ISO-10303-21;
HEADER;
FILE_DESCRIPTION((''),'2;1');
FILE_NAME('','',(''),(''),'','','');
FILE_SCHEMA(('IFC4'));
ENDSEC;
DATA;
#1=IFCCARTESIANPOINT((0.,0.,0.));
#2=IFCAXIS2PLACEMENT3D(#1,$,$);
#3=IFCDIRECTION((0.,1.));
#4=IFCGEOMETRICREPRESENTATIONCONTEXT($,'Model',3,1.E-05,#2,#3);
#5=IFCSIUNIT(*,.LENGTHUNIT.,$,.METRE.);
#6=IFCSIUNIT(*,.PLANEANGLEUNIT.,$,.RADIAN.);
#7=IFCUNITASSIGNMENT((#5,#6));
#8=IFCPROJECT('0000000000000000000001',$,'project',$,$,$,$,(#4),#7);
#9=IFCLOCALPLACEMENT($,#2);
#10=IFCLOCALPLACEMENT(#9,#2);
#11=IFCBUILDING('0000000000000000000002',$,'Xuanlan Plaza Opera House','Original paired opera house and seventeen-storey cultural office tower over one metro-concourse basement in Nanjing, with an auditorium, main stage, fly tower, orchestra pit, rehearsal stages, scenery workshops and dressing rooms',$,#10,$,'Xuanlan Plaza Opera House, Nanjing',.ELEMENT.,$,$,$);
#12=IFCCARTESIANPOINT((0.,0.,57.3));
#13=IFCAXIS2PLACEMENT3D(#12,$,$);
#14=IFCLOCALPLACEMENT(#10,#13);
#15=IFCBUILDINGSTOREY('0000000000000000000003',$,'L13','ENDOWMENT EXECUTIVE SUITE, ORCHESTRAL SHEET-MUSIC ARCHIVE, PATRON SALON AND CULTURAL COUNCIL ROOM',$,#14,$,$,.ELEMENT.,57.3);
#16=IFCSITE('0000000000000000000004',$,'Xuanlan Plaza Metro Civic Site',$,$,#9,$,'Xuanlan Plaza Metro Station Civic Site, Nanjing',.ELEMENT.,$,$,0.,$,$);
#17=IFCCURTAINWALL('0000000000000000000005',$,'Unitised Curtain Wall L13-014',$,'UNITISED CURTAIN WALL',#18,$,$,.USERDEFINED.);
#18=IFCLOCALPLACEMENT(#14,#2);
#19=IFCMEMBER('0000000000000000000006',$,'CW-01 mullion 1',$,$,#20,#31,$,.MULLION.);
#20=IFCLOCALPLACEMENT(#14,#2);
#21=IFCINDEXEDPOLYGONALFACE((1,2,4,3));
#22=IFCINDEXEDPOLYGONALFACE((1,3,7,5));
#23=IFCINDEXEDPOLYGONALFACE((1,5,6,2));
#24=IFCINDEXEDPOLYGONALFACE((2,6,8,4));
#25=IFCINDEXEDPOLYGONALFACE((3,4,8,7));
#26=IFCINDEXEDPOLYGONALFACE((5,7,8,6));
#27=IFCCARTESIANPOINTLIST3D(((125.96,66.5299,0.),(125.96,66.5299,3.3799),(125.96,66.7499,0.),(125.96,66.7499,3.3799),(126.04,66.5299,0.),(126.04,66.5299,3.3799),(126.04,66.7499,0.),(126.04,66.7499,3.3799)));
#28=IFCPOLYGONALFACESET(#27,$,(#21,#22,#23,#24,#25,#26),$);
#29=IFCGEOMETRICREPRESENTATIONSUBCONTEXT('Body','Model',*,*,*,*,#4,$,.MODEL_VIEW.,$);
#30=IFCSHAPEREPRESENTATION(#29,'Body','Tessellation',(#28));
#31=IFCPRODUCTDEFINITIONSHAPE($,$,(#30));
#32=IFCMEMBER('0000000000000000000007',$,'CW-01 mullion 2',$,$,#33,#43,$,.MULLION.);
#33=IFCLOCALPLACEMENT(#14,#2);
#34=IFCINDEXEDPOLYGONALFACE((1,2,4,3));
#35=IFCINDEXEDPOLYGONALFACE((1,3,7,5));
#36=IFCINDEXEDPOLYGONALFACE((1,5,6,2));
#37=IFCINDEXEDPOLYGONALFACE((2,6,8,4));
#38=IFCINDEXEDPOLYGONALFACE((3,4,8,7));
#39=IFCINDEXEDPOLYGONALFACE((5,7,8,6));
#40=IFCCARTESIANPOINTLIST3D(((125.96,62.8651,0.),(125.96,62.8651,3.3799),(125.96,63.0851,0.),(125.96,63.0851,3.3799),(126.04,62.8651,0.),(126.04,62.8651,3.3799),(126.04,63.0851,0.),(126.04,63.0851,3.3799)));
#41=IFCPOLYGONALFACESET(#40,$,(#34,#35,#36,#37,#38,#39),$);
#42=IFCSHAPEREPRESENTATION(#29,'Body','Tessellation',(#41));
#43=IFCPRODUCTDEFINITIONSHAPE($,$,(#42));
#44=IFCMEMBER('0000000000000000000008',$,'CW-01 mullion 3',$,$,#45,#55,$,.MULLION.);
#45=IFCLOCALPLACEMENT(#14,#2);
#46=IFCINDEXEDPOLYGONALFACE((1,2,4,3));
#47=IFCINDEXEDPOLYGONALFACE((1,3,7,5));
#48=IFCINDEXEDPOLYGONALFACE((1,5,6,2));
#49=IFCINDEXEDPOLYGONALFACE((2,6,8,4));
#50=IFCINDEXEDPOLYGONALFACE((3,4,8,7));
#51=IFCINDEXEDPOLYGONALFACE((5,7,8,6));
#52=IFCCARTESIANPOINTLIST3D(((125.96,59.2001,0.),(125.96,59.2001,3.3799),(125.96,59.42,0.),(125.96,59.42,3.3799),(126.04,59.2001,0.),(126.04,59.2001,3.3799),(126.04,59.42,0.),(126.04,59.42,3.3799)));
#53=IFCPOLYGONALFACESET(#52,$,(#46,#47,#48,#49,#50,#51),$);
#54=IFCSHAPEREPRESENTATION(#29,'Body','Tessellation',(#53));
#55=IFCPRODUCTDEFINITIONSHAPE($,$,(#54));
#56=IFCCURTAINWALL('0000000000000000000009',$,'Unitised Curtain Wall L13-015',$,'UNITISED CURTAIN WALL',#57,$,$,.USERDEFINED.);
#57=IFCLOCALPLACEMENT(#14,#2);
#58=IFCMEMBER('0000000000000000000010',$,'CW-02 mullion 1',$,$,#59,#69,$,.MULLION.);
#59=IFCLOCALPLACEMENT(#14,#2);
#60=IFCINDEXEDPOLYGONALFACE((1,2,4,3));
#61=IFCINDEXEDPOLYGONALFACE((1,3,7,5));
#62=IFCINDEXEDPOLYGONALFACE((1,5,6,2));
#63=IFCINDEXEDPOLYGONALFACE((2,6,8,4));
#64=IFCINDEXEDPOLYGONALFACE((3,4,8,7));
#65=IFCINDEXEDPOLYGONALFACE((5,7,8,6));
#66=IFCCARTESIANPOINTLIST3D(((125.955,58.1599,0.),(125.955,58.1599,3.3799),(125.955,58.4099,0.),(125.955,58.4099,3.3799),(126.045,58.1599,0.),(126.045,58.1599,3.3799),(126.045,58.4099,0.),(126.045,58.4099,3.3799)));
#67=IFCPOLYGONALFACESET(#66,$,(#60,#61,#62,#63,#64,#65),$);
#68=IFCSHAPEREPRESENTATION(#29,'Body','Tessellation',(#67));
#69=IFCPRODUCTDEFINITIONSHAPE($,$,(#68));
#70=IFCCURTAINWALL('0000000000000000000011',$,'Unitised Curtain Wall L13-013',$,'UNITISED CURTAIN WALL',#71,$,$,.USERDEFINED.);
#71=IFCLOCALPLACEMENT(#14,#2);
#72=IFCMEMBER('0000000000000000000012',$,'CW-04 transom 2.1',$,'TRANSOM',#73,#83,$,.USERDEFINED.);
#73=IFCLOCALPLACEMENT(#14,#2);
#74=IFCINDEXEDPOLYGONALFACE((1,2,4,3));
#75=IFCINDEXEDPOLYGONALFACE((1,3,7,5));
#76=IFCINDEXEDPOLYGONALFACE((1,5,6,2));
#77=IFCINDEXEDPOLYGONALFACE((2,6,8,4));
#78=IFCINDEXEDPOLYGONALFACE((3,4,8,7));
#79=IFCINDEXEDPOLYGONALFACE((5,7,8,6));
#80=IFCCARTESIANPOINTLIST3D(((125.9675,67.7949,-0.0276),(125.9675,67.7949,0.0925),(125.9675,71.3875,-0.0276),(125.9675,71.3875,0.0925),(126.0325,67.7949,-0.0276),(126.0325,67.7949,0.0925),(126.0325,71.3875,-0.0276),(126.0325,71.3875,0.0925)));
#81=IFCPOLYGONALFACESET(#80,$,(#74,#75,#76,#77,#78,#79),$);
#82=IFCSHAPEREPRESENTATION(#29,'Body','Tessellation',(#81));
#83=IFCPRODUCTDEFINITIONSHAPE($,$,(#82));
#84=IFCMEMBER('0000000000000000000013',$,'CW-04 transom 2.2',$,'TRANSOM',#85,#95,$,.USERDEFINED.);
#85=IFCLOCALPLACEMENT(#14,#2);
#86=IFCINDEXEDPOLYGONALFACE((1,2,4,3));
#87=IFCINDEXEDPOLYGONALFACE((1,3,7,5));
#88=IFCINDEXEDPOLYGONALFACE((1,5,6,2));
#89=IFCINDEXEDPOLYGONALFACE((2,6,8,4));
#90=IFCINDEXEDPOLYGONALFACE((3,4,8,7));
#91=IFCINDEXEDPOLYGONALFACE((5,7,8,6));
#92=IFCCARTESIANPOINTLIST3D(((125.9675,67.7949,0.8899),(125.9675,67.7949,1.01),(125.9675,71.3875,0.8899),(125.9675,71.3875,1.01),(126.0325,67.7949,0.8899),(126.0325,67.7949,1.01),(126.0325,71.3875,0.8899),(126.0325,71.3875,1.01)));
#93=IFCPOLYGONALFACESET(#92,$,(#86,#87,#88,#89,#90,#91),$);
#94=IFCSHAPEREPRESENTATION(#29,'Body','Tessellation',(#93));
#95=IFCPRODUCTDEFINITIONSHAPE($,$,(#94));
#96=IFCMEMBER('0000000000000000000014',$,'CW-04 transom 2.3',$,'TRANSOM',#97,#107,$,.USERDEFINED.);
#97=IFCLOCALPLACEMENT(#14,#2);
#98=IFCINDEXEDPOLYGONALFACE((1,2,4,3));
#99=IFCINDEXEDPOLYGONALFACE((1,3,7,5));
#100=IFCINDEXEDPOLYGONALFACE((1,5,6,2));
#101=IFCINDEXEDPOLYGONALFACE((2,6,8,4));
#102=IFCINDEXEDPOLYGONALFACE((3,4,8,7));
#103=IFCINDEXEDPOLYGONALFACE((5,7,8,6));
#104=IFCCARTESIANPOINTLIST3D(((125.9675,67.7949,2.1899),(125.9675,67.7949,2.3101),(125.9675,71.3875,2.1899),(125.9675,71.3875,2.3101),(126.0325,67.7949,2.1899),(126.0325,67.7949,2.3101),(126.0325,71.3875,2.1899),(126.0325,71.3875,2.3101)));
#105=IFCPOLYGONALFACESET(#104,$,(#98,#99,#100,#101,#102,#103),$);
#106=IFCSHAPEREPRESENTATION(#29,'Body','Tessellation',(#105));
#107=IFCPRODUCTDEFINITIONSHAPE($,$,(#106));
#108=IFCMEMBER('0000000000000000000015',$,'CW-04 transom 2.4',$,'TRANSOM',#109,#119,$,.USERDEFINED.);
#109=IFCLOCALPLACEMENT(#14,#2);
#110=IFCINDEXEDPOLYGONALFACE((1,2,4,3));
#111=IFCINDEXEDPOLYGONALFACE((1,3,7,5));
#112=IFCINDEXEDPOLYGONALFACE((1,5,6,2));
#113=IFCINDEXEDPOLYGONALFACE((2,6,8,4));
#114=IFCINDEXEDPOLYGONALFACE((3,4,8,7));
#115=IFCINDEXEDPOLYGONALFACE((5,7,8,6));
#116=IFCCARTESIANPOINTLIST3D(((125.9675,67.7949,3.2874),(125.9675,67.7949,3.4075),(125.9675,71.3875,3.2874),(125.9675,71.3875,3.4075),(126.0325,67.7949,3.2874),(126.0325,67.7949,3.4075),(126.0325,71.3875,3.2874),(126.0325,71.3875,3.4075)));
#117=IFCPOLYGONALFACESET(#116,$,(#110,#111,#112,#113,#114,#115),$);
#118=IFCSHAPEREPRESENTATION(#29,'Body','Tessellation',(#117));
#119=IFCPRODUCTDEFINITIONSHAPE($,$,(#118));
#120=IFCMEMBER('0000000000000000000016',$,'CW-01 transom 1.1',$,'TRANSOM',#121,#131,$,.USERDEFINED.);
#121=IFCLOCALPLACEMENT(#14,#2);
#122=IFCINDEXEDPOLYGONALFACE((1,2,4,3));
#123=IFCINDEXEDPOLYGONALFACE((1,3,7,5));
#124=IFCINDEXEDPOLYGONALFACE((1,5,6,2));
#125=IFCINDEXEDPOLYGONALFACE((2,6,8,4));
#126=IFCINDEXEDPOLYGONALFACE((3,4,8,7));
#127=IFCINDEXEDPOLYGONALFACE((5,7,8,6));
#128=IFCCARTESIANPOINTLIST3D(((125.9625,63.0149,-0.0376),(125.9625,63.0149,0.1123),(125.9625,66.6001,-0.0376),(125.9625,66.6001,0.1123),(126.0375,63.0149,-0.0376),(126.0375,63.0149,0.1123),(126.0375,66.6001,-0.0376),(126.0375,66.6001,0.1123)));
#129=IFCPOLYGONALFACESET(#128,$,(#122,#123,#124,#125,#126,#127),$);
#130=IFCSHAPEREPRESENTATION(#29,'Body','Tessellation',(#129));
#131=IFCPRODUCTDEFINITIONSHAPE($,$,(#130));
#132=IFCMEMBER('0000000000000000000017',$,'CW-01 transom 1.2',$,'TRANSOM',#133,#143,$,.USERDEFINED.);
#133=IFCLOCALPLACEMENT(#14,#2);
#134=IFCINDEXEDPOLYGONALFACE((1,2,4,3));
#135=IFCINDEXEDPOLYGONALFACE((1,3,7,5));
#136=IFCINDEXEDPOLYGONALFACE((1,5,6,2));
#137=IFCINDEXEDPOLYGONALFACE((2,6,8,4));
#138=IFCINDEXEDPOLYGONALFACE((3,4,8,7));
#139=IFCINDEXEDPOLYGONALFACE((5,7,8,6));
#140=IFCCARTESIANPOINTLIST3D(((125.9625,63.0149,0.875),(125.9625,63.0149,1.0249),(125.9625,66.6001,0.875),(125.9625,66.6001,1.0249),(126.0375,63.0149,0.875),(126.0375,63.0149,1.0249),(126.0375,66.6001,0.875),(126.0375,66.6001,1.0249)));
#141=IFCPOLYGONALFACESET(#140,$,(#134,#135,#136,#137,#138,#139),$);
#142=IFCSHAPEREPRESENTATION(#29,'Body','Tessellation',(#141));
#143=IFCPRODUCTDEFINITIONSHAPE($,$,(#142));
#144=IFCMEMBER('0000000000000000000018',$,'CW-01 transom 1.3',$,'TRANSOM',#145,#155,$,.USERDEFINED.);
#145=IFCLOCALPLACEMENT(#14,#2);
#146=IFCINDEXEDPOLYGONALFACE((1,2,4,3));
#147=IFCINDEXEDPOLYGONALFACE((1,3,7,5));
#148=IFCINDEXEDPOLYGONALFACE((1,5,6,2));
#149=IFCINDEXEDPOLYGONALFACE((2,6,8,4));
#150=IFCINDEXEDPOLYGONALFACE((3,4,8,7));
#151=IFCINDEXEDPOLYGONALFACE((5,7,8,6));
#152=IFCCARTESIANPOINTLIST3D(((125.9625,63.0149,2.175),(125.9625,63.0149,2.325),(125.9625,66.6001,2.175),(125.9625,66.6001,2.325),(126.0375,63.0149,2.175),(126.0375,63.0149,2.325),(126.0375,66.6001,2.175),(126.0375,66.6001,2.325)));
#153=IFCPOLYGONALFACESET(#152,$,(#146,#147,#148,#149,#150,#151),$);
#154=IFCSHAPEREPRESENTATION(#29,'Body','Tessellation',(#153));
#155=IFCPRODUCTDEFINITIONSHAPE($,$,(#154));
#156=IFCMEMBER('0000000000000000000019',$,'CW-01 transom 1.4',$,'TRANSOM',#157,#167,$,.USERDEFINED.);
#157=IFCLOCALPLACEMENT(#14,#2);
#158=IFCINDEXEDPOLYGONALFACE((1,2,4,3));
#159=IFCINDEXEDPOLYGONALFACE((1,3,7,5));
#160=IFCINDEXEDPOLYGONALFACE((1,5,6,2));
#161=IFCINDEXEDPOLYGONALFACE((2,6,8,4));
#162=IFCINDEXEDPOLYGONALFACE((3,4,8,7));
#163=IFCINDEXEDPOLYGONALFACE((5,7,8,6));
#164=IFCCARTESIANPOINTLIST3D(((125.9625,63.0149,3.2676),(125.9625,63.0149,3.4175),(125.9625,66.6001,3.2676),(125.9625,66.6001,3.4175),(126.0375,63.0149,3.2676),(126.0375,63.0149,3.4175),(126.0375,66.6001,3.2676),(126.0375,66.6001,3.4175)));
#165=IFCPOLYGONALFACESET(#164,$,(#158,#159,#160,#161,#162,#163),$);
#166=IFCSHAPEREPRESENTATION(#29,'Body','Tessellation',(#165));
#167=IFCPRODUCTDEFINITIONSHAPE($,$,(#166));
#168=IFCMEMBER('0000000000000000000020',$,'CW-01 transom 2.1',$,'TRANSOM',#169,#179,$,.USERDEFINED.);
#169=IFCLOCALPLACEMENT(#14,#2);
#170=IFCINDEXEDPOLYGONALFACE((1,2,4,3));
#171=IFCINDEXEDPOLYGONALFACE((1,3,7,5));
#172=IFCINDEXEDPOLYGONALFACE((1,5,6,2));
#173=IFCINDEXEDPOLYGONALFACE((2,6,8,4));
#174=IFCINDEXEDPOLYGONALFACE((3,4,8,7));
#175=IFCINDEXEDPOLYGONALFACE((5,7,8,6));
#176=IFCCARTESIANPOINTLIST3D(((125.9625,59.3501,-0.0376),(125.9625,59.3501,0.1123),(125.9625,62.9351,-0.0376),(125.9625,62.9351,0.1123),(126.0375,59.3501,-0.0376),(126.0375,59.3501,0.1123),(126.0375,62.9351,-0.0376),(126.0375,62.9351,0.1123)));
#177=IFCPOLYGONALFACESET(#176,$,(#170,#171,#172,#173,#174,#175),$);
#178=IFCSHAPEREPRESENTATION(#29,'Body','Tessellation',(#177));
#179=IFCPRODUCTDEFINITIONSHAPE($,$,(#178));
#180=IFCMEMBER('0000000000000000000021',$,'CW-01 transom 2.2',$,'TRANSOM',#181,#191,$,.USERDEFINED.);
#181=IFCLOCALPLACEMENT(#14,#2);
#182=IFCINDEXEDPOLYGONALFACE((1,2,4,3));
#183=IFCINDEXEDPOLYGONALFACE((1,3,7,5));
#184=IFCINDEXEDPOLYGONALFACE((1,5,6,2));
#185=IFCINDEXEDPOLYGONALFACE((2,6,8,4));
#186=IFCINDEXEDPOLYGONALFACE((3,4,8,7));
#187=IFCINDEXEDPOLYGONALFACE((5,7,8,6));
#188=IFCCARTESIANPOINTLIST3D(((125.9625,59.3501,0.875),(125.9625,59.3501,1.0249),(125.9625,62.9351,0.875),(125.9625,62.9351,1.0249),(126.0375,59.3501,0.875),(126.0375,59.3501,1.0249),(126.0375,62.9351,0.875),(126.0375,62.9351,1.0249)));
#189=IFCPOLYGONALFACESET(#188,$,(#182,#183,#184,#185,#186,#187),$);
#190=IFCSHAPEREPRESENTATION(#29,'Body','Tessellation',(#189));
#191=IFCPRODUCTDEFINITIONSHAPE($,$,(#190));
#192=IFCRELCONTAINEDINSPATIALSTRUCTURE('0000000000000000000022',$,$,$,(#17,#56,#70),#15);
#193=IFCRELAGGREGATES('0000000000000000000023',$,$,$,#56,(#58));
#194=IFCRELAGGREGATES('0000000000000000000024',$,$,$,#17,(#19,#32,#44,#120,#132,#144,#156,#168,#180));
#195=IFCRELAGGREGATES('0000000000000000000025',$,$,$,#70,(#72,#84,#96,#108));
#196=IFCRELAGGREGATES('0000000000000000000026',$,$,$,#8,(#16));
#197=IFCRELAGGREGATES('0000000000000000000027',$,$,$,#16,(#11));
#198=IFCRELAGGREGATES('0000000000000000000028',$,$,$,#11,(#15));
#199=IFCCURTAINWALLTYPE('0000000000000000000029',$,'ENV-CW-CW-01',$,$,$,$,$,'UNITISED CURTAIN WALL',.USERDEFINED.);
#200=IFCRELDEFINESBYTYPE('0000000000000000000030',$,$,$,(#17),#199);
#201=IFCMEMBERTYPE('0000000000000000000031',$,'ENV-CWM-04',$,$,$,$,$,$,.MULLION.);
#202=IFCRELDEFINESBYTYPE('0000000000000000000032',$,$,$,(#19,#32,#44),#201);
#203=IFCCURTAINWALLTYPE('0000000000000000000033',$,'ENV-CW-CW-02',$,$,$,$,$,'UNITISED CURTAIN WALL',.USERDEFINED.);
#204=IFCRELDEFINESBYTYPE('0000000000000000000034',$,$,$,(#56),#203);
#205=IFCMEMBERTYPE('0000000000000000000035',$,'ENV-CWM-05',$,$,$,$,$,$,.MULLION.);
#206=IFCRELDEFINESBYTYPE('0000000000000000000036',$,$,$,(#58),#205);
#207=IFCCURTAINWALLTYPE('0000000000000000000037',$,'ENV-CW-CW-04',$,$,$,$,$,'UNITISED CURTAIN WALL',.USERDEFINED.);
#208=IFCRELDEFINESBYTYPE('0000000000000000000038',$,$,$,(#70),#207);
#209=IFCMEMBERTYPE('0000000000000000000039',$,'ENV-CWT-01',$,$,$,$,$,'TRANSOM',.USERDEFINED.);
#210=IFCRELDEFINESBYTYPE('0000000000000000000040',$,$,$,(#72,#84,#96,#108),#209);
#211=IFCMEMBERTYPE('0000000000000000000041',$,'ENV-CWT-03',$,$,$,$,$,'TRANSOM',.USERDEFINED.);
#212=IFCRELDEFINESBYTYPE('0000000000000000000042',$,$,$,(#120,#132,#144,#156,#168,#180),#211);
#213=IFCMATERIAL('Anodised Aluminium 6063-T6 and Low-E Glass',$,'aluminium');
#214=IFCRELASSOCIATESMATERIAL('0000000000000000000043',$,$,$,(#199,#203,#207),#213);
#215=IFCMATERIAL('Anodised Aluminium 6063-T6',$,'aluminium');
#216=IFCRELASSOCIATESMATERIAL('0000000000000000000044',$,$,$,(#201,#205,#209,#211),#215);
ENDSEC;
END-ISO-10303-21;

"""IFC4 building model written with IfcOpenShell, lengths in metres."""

from ifc_helpers import new_model, si_unit, direction, frame, origin, origin_2d, place, context, subcontext, project, spatial, rectangle, extrude, material, material_profile, profile_set, type_object, element, aggregate, save


model = new_model("IFC4")

# Units and contexts
model_context = context("Model", 3, precision=1e-05, world=origin(), true_north=direction((0.0, 1.0)))
body_context = subcontext(model_context, "Body", "Model", "MODEL_VIEW")
ifc_project = project(units=[si_unit("LENGTHUNIT", "METRE"), si_unit("PLANEANGLEUNIT", "RADIAN")], contexts=[model_context])

# Site, building, storey
site_placement = place(None, origin())
site = spatial("IfcSite", under=ifc_project, at=site_placement, Name="Xuanlan Plaza Metro Civic Site", LongName="Xuanlan Plaza Metro Station Civic Site, Nanjing", CompositionType="ELEMENT", RefElevation=0.0)
building_placement = place(site_placement, origin())
building = spatial("IfcBuilding", under=site, at=building_placement, Name="Xuanlan Plaza Opera House", Description="Original paired opera house and seventeen-storey cultural office tower over one metro-concourse basement in Nanjing, with an auditorium, main stage, fly tower, orchestra pit, rehearsal stages, scenery workshops and dressing rooms", LongName="Xuanlan Plaza Opera House, Nanjing", CompositionType="ELEMENT")
storey_placement = place(building_placement, frame((0.0, 0.0, 57.3)))
storey = spatial("IfcBuildingStorey", under=building, at=storey_placement, Name="L13", Description="ENDOWMENT EXECUTIVE SUITE, ORCHESTRAL SHEET-MUSIC ARCHIVE, PATRON SALON AND CULTURAL COUNCIL ROOM", CompositionType="ELEMENT", Elevation=57.3)

# Curtain wall, members
ifc_material_1 = material(Name="Anodised Aluminium 6063-T6 and Low-E Glass", Category="aluminium")
curtain_wall_type_1 = type_object("IfcCurtainWallType", Name="ENV-CW-CW-01", ElementType="UNITISED CURTAIN WALL", PredefinedType="USERDEFINED", material=ifc_material_1)
curtain_wall_1_placement = place(storey_placement, origin())
curtain_wall_1 = element("IfcCurtainWall", 1, at=curtain_wall_1_placement, inside=storey, type_object=curtain_wall_type_1, Name="Unitised Curtain Wall L13-014", ObjectType="UNITISED CURTAIN WALL", PredefinedType="USERDEFINED")
ifc_material_2 = material(Name="Anodised Aluminium 6063-T6", Category="aluminium")
ifc_material_profile_1 = material_profile(ifc_material_2, rectangle(XDim=0.0801, YDim=0.22, at=origin_2d()), Name="ALU-M 80x220")
ifc_profile_set_1 = profile_set([ifc_material_profile_1], Name="Anodised Aluminium 6063-T6")
member_type_1 = type_object("IfcMemberType", Name="ENV-CWM-04", PredefinedType="MULLION", material=ifc_profile_set_1)
member_1_placement = place(storey_placement, frame((126.0, 66.6399, 0.0), z_axis=(0.0, 0.0, 1.0), x_axis=(1.0, 0.0, 0.0)))
member_1 = element("IfcMember", 2, at=member_1_placement, type_object=member_type_1, Name="CW-01 mullion 1", PredefinedType="MULLION", context=body_context, shape_type="SweptSolid", body=[
    extrude(rectangle(XDim=0.0801, YDim=0.22, at=origin_2d()), origin(), (0.0, 0.0, 1.0), 3.3799),
])
member_2_placement = place(storey_placement, frame((126.0, 62.9751, 0.0), z_axis=(0.0, 0.0, 1.0), x_axis=(1.0, 0.0, 0.0)))
member_2 = element("IfcMember", 3, at=member_2_placement, type_object=member_type_1, Name="CW-01 mullion 2", PredefinedType="MULLION", context=body_context, shape_type="SweptSolid", body=[
    extrude(rectangle(XDim=0.0801, YDim=0.22, at=origin_2d()), origin(), (0.0, 0.0, 1.0), 3.3799),
])
member_3_placement = place(storey_placement, frame((126.0, 59.3101, 0.0), z_axis=(0.0, 0.0, 1.0), x_axis=(1.0, 0.0, 0.0)))
member_3 = element("IfcMember", 4, at=member_3_placement, type_object=member_type_1, Name="CW-01 mullion 3", PredefinedType="MULLION", context=body_context, shape_type="SweptSolid", body=[
    extrude(rectangle(XDim=0.0801, YDim=0.22, at=origin_2d()), origin(), (0.0, 0.0, 1.0), 3.3799),
])

# Curtain wall, member
curtain_wall_type_2 = type_object("IfcCurtainWallType", Name="ENV-CW-CW-02", ElementType="UNITISED CURTAIN WALL", PredefinedType="USERDEFINED", material=ifc_material_1)
curtain_wall_2_placement = place(storey_placement, origin())
curtain_wall_2 = element("IfcCurtainWall", 5, at=curtain_wall_2_placement, inside=storey, type_object=curtain_wall_type_2, Name="Unitised Curtain Wall L13-015", ObjectType="UNITISED CURTAIN WALL", PredefinedType="USERDEFINED")
ifc_material_profile_2 = material_profile(ifc_material_2, rectangle(XDim=0.0901, YDim=0.25, at=origin_2d()), Name="ALU-M 90x250")
ifc_profile_set_2 = profile_set([ifc_material_profile_2], Name="Anodised Aluminium 6063-T6")
member_type_2 = type_object("IfcMemberType", Name="ENV-CWM-05", PredefinedType="MULLION", material=ifc_profile_set_2)
member_4_placement = place(storey_placement, frame((126.0, 58.2849, 0.0), z_axis=(0.0, 0.0, 1.0), x_axis=(1.0, 0.0, 0.0)))
member_4 = element("IfcMember", 6, at=member_4_placement, type_object=member_type_2, Name="CW-02 mullion 1", PredefinedType="MULLION", context=body_context, shape_type="SweptSolid", body=[
    extrude(rectangle(XDim=0.0901, YDim=0.25, at=origin_2d()), origin(), (0.0, 0.0, 1.0), 3.3799),
])

# Curtain wall, members
curtain_wall_type_3 = type_object("IfcCurtainWallType", Name="ENV-CW-CW-04", ElementType="UNITISED CURTAIN WALL", PredefinedType="USERDEFINED", material=ifc_material_1)
curtain_wall_3_placement = place(storey_placement, origin())
curtain_wall_3 = element("IfcCurtainWall", 7, at=curtain_wall_3_placement, inside=storey, type_object=curtain_wall_type_3, Name="Unitised Curtain Wall L13-013", ObjectType="UNITISED CURTAIN WALL", PredefinedType="USERDEFINED")
ifc_material_profile_3 = material_profile(ifc_material_2, rectangle(XDim=0.0649, YDim=0.1201, at=origin_2d()), Name="ALU-T 65x120")
ifc_profile_set_3 = profile_set([ifc_material_profile_3], Name="Anodised Aluminium 6063-T6")
member_type_3 = type_object("IfcMemberType", Name="ENV-CWT-01", ElementType="TRANSOM", PredefinedType="USERDEFINED", material=ifc_profile_set_3)
member_5_placement = place(storey_placement, frame((126.0, 71.3875, 0.0325), z_axis=(0.0, -1.0, 0.0), x_axis=(1.0, 0.0, 0.0)))
member_5 = element("IfcMember", 8, at=member_5_placement, type_object=member_type_3, Name="CW-04 transom 2.1", ObjectType="TRANSOM", PredefinedType="USERDEFINED", context=body_context, shape_type="SweptSolid", body=[
    extrude(rectangle(XDim=0.0649, YDim=0.1201, at=origin_2d()), origin(), (0.0, 0.0, 1.0), 3.5925),
])
member_6_placement = place(storey_placement, frame((126.0, 71.3875, 0.95), z_axis=(0.0, -1.0, 0.0), x_axis=(1.0, 0.0, 0.0)))
member_6 = element("IfcMember", 9, at=member_6_placement, type_object=member_type_3, Name="CW-04 transom 2.2", ObjectType="TRANSOM", PredefinedType="USERDEFINED", context=body_context, shape_type="SweptSolid", body=[
    extrude(rectangle(XDim=0.0649, YDim=0.1201, at=origin_2d()), origin(), (0.0, 0.0, 1.0), 3.5925),
])
member_7_placement = place(storey_placement, frame((126.0, 71.3875, 2.25), z_axis=(0.0, -1.0, 0.0), x_axis=(1.0, 0.0, 0.0)))
member_7 = element("IfcMember", 10, at=member_7_placement, type_object=member_type_3, Name="CW-04 transom 2.3", ObjectType="TRANSOM", PredefinedType="USERDEFINED", context=body_context, shape_type="SweptSolid", body=[
    extrude(rectangle(XDim=0.0649, YDim=0.1201, at=origin_2d()), origin(), (0.0, 0.0, 1.0), 3.5925),
])
member_8_placement = place(storey_placement, frame((126.0, 71.3875, 3.3474), z_axis=(0.0, -1.0, 0.0), x_axis=(1.0, 0.0, 0.0)))
member_8 = element("IfcMember", 11, at=member_8_placement, type_object=member_type_3, Name="CW-04 transom 2.4", ObjectType="TRANSOM", PredefinedType="USERDEFINED", context=body_context, shape_type="SweptSolid", body=[
    extrude(rectangle(XDim=0.0649, YDim=0.1201, at=origin_2d()), origin(), (0.0, 0.0, 1.0), 3.5925),
])

# Members
ifc_material_profile_4 = material_profile(ifc_material_2, rectangle(XDim=0.075, YDim=0.1499, at=origin_2d()), Name="ALU-T 75x150")
ifc_profile_set_4 = profile_set([ifc_material_profile_4], Name="Anodised Aluminium 6063-T6")
member_type_4 = type_object("IfcMemberType", Name="ENV-CWT-03", ElementType="TRANSOM", PredefinedType="USERDEFINED", material=ifc_profile_set_4)
member_9_placement = place(storey_placement, frame((126.0, 66.6001, 0.0374), z_axis=(0.0, -1.0, 0.0), x_axis=(1.0, 0.0, 0.0)))
member_9 = element("IfcMember", 12, at=member_9_placement, type_object=member_type_4, Name="CW-01 transom 1.1", ObjectType="TRANSOM", PredefinedType="USERDEFINED", context=body_context, shape_type="SweptSolid", body=[
    extrude(rectangle(XDim=0.075, YDim=0.1499, at=origin_2d()), origin(), (0.0, 0.0, 1.0), 3.5852),
])
member_10_placement = place(storey_placement, frame((126.0, 66.6001, 0.95), z_axis=(0.0, -1.0, 0.0), x_axis=(1.0, 0.0, 0.0)))
member_10 = element("IfcMember", 13, at=member_10_placement, type_object=member_type_4, Name="CW-01 transom 1.2", ObjectType="TRANSOM", PredefinedType="USERDEFINED", context=body_context, shape_type="SweptSolid", body=[
    extrude(rectangle(XDim=0.075, YDim=0.1499, at=origin_2d()), origin(), (0.0, 0.0, 1.0), 3.5852),
])
member_11_placement = place(storey_placement, frame((126.0, 66.6001, 2.25), z_axis=(0.0, -1.0, 0.0), x_axis=(1.0, 0.0, 0.0)))
member_11 = element("IfcMember", 14, at=member_11_placement, type_object=member_type_4, Name="CW-01 transom 1.3", ObjectType="TRANSOM", PredefinedType="USERDEFINED", context=body_context, shape_type="SweptSolid", body=[
    extrude(rectangle(XDim=0.075, YDim=0.1499, at=origin_2d()), origin(), (0.0, 0.0, 1.0), 3.5852),
])
member_12_placement = place(storey_placement, frame((126.0, 66.6001, 3.3425), z_axis=(0.0, -1.0, 0.0), x_axis=(1.0, 0.0, 0.0)))
member_12 = element("IfcMember", 15, at=member_12_placement, type_object=member_type_4, Name="CW-01 transom 1.4", ObjectType="TRANSOM", PredefinedType="USERDEFINED", context=body_context, shape_type="SweptSolid", body=[
    extrude(rectangle(XDim=0.075, YDim=0.1499, at=origin_2d()), origin(), (0.0, 0.0, 1.0), 3.5852),
])
member_13_placement = place(storey_placement, frame((126.0, 62.9351, 0.0374), z_axis=(0.0, -1.0, 0.0), x_axis=(1.0, 0.0, 0.0)))
member_13 = element("IfcMember", 16, at=member_13_placement, type_object=member_type_4, Name="CW-01 transom 2.1", ObjectType="TRANSOM", PredefinedType="USERDEFINED", context=body_context, shape_type="SweptSolid", body=[
    extrude(rectangle(XDim=0.075, YDim=0.1499, at=origin_2d()), origin(), (0.0, 0.0, 1.0), 3.585),
])
member_14_placement = place(storey_placement, frame((126.0, 62.9351, 0.95), z_axis=(0.0, -1.0, 0.0), x_axis=(1.0, 0.0, 0.0)))
member_14 = element("IfcMember", 17, at=member_14_placement, type_object=member_type_4, Name="CW-01 transom 2.2", ObjectType="TRANSOM", PredefinedType="USERDEFINED", context=body_context, shape_type="SweptSolid", body=[
    extrude(rectangle(XDim=0.075, YDim=0.1499, at=origin_2d()), origin(), (0.0, 0.0, 1.0), 3.585),
])
aggregate(curtain_wall_2, [member_4])

aggregate(curtain_wall_1, [member_1, member_2, member_3, member_9, member_10, member_11, member_12, member_13, member_14])
aggregate(curtain_wall_3, [member_5, member_6, member_7, member_8])

save(model, "model.ifc")
